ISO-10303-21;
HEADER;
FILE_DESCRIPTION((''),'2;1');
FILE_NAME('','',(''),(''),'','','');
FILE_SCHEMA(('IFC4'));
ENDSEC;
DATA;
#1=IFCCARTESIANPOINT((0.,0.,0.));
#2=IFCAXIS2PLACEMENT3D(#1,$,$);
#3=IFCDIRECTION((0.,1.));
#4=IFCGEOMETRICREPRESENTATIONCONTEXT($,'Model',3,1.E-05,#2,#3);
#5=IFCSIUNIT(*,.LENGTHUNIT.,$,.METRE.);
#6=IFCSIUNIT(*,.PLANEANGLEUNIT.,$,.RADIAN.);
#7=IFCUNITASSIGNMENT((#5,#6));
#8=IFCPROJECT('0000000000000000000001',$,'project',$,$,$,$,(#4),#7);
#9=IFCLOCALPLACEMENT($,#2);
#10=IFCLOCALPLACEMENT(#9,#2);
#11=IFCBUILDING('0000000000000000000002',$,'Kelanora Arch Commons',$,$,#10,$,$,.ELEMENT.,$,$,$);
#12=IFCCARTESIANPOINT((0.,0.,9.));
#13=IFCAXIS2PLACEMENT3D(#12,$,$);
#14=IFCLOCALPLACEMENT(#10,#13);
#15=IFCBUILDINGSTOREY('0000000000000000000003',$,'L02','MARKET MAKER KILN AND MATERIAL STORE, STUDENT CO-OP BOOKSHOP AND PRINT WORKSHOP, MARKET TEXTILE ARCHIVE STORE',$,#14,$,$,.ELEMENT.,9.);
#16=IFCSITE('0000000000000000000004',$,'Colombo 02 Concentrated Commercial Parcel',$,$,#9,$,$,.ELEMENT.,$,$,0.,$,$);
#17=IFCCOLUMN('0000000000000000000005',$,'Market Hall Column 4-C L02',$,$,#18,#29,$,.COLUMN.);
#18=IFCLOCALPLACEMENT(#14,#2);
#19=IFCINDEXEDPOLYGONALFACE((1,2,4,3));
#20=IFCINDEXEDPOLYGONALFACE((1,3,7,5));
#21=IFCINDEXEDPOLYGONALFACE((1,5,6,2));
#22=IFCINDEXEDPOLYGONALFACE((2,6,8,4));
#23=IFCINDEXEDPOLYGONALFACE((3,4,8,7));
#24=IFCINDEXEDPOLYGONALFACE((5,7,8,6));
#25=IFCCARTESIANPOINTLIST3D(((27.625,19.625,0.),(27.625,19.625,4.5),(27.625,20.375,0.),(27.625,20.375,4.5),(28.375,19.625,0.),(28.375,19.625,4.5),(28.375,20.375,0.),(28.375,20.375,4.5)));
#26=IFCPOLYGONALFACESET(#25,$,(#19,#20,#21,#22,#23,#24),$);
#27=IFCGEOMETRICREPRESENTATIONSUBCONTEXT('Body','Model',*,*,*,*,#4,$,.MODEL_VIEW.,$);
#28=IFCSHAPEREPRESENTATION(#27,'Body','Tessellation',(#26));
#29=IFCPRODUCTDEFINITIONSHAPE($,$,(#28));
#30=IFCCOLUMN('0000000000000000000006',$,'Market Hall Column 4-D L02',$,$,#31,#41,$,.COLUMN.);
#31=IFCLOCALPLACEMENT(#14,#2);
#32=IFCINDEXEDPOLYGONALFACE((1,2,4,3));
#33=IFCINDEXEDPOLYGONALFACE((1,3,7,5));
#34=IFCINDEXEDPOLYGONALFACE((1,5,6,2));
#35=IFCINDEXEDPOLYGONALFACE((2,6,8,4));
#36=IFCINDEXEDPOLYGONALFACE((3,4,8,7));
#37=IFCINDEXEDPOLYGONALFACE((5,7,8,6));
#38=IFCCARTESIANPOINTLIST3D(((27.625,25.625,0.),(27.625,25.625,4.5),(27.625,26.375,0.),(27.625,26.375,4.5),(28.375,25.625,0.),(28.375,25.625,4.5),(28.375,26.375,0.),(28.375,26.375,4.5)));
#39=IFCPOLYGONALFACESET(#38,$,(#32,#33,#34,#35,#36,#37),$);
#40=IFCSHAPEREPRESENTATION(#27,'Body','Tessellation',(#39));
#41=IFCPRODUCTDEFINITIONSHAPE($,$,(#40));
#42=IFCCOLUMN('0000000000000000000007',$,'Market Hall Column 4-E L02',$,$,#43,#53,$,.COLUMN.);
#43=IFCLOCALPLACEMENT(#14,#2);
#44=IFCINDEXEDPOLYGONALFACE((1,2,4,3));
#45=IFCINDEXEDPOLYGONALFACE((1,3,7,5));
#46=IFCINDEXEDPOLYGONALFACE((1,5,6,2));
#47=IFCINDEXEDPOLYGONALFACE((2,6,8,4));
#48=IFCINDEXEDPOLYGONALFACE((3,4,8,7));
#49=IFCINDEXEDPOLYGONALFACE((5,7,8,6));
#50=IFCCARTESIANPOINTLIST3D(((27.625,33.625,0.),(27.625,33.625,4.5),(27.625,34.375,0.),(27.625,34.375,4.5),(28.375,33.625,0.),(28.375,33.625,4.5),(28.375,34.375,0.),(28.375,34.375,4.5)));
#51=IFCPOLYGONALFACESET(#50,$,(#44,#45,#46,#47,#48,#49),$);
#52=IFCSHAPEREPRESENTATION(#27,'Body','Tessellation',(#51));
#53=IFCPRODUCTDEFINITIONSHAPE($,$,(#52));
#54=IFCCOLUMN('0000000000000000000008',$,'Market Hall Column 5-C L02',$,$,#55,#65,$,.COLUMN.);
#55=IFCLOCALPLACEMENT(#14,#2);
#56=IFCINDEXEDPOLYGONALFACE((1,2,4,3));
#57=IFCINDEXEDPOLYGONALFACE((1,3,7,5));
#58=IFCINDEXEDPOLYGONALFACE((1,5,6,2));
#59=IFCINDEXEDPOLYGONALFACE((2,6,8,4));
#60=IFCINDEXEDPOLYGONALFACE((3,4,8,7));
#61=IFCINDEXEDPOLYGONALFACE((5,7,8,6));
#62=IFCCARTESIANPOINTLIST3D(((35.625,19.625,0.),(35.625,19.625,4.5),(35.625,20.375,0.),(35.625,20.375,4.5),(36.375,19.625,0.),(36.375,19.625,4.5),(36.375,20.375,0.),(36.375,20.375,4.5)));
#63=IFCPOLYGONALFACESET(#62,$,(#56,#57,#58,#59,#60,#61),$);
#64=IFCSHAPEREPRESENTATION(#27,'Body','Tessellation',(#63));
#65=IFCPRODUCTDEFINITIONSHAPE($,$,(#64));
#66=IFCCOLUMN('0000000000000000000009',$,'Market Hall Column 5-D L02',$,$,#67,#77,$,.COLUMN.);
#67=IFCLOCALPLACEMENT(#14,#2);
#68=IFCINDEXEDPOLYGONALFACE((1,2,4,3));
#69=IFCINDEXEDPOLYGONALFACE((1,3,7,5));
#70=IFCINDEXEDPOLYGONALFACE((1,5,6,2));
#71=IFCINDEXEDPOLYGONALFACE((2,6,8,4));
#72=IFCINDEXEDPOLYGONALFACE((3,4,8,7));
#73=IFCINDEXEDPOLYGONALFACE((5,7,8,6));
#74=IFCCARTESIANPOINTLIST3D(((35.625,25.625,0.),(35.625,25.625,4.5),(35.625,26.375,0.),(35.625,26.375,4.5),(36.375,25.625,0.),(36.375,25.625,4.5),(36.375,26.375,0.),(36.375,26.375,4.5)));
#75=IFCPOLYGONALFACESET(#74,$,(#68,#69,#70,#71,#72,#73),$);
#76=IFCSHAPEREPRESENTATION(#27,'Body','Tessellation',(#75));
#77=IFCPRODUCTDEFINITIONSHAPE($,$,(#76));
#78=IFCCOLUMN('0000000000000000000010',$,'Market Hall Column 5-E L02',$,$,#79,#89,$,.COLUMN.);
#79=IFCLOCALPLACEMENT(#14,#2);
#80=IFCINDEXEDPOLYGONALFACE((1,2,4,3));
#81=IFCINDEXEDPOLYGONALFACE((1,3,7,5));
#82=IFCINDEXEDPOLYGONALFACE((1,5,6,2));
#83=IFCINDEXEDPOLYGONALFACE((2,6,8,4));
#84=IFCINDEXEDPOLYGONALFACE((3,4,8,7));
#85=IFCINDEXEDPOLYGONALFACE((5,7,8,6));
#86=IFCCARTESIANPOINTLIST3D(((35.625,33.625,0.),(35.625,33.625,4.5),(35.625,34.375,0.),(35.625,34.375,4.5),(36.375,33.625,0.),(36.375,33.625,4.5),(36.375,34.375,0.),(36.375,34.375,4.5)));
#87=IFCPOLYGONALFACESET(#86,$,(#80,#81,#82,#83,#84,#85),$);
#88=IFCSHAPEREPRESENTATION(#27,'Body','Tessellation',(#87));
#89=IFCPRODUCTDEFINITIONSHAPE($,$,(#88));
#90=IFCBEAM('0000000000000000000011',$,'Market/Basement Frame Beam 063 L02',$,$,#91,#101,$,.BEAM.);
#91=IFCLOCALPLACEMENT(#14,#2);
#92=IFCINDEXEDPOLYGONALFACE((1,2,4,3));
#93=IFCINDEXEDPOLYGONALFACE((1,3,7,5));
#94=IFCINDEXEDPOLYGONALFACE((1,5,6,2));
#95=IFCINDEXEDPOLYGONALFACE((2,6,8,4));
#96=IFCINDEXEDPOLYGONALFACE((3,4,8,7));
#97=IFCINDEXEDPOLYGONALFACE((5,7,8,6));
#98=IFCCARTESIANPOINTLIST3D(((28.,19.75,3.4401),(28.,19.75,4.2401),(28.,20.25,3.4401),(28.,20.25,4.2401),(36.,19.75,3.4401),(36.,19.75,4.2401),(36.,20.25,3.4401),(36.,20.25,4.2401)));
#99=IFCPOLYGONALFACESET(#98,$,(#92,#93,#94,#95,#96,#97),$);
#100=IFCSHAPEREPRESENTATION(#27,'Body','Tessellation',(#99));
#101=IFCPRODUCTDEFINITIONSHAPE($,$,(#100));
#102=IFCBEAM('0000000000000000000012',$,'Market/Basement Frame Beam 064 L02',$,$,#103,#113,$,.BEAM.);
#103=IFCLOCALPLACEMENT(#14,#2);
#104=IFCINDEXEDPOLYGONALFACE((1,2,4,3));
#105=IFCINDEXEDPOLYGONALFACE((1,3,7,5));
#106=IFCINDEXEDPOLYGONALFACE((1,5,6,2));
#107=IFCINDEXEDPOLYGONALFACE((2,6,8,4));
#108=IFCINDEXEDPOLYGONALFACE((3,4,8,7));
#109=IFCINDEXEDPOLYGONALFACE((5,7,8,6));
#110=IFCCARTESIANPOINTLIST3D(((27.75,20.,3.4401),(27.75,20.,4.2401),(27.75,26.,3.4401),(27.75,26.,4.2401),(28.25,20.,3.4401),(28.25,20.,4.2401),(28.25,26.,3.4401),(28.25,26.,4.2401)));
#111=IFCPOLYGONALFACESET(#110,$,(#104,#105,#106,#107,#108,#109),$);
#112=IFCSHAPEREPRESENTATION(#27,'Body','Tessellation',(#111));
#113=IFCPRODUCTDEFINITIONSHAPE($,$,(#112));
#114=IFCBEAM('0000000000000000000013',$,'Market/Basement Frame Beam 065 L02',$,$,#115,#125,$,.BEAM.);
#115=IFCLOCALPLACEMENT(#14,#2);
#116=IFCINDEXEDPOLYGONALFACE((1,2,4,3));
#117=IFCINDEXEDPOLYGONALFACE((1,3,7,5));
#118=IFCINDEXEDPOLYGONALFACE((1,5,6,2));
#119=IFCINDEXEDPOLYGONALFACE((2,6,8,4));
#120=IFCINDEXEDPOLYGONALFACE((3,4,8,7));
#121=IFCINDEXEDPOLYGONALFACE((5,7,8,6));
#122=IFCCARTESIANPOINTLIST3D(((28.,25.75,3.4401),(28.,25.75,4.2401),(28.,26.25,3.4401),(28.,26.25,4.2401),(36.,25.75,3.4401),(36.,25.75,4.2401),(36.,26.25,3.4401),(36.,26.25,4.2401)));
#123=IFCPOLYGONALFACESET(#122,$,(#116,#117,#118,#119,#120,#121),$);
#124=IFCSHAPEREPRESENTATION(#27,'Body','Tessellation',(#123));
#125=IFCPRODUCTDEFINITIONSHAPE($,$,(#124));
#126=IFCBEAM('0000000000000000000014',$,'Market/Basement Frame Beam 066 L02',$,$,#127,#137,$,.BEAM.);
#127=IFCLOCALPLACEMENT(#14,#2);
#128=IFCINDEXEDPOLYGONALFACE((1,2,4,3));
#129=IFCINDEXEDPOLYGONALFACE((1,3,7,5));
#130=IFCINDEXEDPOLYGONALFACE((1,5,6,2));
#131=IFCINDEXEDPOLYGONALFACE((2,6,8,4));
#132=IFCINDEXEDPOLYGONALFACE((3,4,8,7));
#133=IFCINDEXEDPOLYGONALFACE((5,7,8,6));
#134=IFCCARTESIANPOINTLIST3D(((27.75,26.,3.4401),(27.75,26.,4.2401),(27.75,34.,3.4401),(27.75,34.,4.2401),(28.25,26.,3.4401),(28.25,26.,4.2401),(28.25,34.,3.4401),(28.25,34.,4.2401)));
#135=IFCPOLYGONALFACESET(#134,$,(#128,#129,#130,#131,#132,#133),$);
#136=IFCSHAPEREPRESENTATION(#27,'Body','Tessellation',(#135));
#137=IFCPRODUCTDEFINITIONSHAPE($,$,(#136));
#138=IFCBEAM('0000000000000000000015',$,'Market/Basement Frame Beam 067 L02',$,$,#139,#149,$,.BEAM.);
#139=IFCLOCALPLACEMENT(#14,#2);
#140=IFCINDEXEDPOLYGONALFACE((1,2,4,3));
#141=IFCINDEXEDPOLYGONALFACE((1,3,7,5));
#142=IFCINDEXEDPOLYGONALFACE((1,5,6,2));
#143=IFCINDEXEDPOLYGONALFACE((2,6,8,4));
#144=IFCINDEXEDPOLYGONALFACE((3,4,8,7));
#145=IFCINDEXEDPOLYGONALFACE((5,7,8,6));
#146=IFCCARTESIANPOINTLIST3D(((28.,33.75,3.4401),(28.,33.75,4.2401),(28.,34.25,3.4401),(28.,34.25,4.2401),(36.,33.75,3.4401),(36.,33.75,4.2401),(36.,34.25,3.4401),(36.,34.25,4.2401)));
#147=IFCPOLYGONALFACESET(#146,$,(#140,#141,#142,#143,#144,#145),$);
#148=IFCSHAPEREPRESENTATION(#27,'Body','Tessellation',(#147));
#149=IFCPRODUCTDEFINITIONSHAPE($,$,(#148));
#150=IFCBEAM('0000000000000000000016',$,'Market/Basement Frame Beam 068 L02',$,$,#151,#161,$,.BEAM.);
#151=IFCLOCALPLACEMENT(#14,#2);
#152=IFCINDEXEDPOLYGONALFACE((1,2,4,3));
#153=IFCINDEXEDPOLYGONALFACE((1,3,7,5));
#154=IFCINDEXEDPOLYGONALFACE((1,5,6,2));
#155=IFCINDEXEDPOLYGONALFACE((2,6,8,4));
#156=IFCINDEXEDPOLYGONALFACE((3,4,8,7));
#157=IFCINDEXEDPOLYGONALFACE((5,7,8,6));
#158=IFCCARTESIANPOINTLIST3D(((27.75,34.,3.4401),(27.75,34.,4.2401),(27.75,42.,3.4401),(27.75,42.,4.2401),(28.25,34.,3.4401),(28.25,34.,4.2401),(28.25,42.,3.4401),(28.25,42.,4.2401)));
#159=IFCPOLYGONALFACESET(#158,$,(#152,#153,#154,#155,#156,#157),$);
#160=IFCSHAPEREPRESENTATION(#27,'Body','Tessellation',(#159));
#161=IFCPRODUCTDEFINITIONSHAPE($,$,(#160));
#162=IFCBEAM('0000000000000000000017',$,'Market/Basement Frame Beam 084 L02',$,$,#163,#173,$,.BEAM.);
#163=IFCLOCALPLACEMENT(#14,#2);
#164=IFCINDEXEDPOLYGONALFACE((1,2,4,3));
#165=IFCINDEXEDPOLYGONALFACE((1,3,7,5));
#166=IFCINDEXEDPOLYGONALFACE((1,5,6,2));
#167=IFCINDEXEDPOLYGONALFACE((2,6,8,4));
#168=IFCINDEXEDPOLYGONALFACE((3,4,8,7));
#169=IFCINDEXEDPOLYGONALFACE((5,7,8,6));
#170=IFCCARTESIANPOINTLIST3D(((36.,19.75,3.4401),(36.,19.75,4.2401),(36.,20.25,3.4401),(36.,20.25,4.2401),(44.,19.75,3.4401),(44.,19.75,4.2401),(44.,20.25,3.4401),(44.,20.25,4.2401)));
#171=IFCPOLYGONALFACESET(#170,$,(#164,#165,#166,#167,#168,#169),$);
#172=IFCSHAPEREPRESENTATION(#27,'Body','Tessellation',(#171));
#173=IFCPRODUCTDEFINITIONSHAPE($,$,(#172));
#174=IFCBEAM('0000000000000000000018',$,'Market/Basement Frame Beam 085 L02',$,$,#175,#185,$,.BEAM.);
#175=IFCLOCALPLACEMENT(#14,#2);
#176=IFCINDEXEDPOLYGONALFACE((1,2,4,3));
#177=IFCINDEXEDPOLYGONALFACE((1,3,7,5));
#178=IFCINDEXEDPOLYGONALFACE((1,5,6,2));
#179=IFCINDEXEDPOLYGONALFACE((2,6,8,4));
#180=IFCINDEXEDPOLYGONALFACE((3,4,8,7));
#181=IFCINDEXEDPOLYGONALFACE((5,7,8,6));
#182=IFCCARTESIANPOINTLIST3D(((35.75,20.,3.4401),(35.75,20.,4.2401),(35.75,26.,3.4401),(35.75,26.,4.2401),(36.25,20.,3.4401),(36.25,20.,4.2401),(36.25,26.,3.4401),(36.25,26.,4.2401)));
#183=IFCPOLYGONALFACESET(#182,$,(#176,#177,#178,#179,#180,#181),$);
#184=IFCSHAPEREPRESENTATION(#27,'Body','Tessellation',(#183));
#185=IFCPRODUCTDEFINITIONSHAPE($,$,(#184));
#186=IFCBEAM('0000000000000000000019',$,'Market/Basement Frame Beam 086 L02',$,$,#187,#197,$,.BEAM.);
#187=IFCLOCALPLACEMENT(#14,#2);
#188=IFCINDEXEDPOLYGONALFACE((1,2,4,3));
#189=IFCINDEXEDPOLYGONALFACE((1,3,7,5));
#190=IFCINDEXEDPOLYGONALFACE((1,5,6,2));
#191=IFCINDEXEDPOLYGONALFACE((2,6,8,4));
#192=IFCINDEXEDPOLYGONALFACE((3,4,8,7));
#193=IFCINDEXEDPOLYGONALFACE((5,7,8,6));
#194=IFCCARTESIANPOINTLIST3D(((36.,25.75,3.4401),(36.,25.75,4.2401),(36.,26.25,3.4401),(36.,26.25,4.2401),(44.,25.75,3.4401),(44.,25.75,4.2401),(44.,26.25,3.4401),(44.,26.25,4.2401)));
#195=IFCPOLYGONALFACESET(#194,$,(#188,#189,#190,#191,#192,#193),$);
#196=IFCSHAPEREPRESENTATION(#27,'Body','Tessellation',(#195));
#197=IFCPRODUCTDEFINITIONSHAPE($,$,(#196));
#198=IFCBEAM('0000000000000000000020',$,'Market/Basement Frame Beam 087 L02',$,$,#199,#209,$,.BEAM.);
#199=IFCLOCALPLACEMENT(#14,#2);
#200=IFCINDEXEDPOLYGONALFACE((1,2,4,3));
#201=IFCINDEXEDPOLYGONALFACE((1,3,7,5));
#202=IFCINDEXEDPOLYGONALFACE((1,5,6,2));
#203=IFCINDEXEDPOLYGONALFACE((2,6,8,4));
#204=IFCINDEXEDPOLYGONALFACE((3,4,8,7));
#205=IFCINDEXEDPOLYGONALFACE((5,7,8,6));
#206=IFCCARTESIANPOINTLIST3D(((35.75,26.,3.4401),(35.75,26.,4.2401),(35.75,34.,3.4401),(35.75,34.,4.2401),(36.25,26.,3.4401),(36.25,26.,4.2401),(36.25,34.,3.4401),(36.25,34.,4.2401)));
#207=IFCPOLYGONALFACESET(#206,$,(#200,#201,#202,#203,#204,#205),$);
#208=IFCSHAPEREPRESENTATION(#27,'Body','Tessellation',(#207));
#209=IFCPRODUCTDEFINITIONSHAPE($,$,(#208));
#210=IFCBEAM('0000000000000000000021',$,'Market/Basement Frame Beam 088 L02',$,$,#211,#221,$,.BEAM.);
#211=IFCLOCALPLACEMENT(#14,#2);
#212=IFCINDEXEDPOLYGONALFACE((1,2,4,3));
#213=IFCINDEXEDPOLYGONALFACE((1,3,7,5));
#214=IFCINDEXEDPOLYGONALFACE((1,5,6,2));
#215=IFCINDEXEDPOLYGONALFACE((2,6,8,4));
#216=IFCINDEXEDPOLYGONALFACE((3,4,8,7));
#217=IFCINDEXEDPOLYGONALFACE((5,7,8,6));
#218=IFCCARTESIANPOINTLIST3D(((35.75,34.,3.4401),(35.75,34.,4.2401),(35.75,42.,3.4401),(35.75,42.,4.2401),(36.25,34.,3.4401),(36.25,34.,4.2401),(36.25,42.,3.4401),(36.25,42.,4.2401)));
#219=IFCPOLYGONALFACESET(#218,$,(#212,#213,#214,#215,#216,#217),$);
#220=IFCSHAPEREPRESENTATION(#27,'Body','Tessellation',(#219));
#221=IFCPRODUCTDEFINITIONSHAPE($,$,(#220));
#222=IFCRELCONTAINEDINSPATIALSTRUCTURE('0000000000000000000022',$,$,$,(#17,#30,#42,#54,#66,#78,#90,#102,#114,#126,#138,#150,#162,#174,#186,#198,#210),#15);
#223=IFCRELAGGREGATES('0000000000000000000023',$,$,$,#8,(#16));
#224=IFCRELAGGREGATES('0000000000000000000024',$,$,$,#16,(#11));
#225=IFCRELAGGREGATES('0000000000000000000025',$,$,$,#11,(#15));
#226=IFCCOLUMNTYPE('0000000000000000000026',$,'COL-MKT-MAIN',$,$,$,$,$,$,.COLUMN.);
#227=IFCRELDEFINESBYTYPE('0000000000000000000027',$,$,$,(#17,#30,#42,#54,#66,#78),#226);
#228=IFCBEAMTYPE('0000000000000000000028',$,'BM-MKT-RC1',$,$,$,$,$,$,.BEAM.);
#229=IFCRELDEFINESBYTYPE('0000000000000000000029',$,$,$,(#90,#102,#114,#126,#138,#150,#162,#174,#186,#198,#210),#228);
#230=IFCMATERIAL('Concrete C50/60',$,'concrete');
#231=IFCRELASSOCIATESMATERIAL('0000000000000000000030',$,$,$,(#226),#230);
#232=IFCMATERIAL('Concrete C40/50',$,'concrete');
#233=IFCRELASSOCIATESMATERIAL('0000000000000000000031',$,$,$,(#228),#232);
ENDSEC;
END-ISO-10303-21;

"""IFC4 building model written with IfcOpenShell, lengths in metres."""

from ifc_helpers import new_model, si_unit, direction, frame, origin, origin_2d, place, context, subcontext, project, spatial, rectangle, extrude, material, material_profile, profile_set, type_object, element, save


model = new_model("IFC4")

# Units and contexts
model_context = context("Model", 3, precision=1e-05, world=origin(), true_north=direction((0.0, 1.0)))
body_context = subcontext(model_context, "Body", "Model", "MODEL_VIEW")
ifc_project = project(units=[si_unit("LENGTHUNIT", "METRE"), si_unit("PLANEANGLEUNIT", "RADIAN")], contexts=[model_context])

# Site, building, storey
site_placement = place(None, origin())
site = spatial("IfcSite", under=ifc_project, at=site_placement, Name="Colombo 02 Concentrated Commercial Parcel", CompositionType="ELEMENT", RefElevation=0.0)
building_placement = place(site_placement, origin())
building = spatial("IfcBuilding", under=site, at=building_placement, Name="Kelanora Arch Commons", CompositionType="ELEMENT")
storey_placement = place(building_placement, frame((0.0, 0.0, 9.0)))
storey = spatial("IfcBuildingStorey", under=building, at=storey_placement, Name="L02", Description="MARKET MAKER KILN AND MATERIAL STORE, STUDENT CO-OP BOOKSHOP AND PRINT WORKSHOP, MARKET TEXTILE ARCHIVE STORE", CompositionType="ELEMENT", Elevation=9.0)

# Columns
ifc_material_1 = material(Name="Concrete C50/60", Category="concrete")
ifc_material_profile_1 = material_profile(ifc_material_1, rectangle(XDim=0.75, YDim=0.75, at=origin_2d()), Name="RC750x750")
ifc_profile_set_1 = profile_set([ifc_material_profile_1], Name="Concrete C50/60")
column_type = type_object("IfcColumnType", Name="COL-MKT-MAIN", PredefinedType="COLUMN", material=ifc_profile_set_1)
for number, where, z_axis, x_axis, name in (
    (1, (28.0, 20.0, 0.0), (0.0, 0.0, 1.0), (1.0, 0.0, 0.0), "Market Hall Column 4-C L02"),
    (2, (28.0, 26.0, 0.0), (0.0, 0.0, 1.0), (1.0, 0.0, 0.0), "Market Hall Column 4-D L02"),
    (3, (28.0, 34.0, 0.0), (0.0, 0.0, 1.0), (1.0, 0.0, 0.0), "Market Hall Column 4-E L02"),
    (4, (36.0, 20.0, 0.0), (0.0, 0.0, 1.0), (1.0, 0.0, 0.0), "Market Hall Column 5-C L02"),
    (5, (36.0, 26.0, 0.0), (0.0, 0.0, 1.0), (1.0, 0.0, 0.0), "Market Hall Column 5-D L02"),
    (6, (36.0, 34.0, 0.0), (0.0, 0.0, 1.0), (1.0, 0.0, 0.0), "Market Hall Column 5-E L02"),
):
    element("IfcColumn", number, at=place(storey_placement, frame(where, z_axis=z_axis, x_axis=x_axis)), inside=storey, type_object=column_type, Name=name, PredefinedType="COLUMN", context=body_context, shape_type="SweptSolid", body=[
        extrude(rectangle(XDim=0.75, YDim=0.75, at=origin_2d()), origin(), (0.0, 0.0, 1.0), 4.5),
    ])

# Beams
ifc_material_2 = material(Name="Concrete C40/50", Category="concrete")
ifc_material_profile_2 = material_profile(ifc_material_2, rectangle(XDim=0.5, YDim=0.8, at=origin_2d()), Name="RCB500x800")
ifc_profile_set_2 = profile_set([ifc_material_profile_2], Name="Concrete C40/50")
beam_type = type_object("IfcBeamType", Name="BM-MKT-RC1", PredefinedType="BEAM", material=ifc_profile_set_2)
beam_1_placement = place(storey_placement, frame((28.0, 20.0, 3.8401), z_axis=(1.0, 0.0, 0.0), x_axis=(0.0, 1.0, 0.0)))
element("IfcBeam", 7, at=beam_1_placement, inside=storey, type_object=beam_type, Name="Market/Basement Frame Beam 063 L02", PredefinedType="BEAM", context=body_context, shape_type="SweptSolid", body=[
    extrude(rectangle(XDim=0.5, YDim=0.8, at=origin_2d()), origin(), (0.0, 0.0, 1.0), 8.0),
])
beam_2_placement = place(storey_placement, frame((28.0, 20.0, 3.8401), z_axis=(0.0, 1.0, 0.0), x_axis=(-1.0, 0.0, 0.0)))
element("IfcBeam", 8, at=beam_2_placement, inside=storey, type_object=beam_type, Name="Market/Basement Frame Beam 064 L02", PredefinedType="BEAM", context=body_context, shape_type="SweptSolid", body=[
    extrude(rectangle(XDim=0.5, YDim=0.8, at=origin_2d()), origin(), (0.0, 0.0, 1.0), 6.0),
])
for number, where, z_axis, x_axis, name in (
    (9, (28.0, 26.0, 3.8401), (1.0, 0.0, 0.0), (0.0, 1.0, 0.0), "Market/Basement Frame Beam 065 L02"),
    (10, (28.0, 26.0, 3.8401), (0.0, 1.0, 0.0), (-1.0, 0.0, 0.0), "Market/Basement Frame Beam 066 L02"),
    (11, (28.0, 34.0, 3.8401), (1.0, 0.0, 0.0), (0.0, 1.0, 0.0), "Market/Basement Frame Beam 067 L02"),
    (12, (28.0, 34.0, 3.8401), (0.0, 1.0, 0.0), (-1.0, 0.0, 0.0), "Market/Basement Frame Beam 068 L02"),
    (13, (36.0, 20.0, 3.8401), (1.0, 0.0, 0.0), (0.0, 1.0, 0.0), "Market/Basement Frame Beam 084 L02"),
):
    element("IfcBeam", number, at=place(storey_placement, frame(where, z_axis=z_axis, x_axis=x_axis)), inside=storey, type_object=beam_type, Name=name, PredefinedType="BEAM", context=body_context, shape_type="SweptSolid", body=[
        extrude(rectangle(XDim=0.5, YDim=0.8, at=origin_2d()), origin(), (0.0, 0.0, 1.0), 8.0),
    ])
beam_3_placement = place(storey_placement, frame((36.0, 20.0, 3.8401), z_axis=(0.0, 1.0, 0.0), x_axis=(-1.0, 0.0, 0.0)))
element("IfcBeam", 14, at=beam_3_placement, inside=storey, type_object=beam_type, Name="Market/Basement Frame Beam 085 L02", PredefinedType="BEAM", context=body_context, shape_type="SweptSolid", body=[
    extrude(rectangle(XDim=0.5, YDim=0.8, at=origin_2d()), origin(), (0.0, 0.0, 1.0), 6.0),
])
for number, where, z_axis, x_axis, name in (
    (15, (36.0, 26.0, 3.8401), (1.0, 0.0, 0.0), (0.0, 1.0, 0.0), "Market/Basement Frame Beam 086 L02"),
    (16, (36.0, 26.0, 3.8401), (0.0, 1.0, 0.0), (-1.0, 0.0, 0.0), "Market/Basement Frame Beam 087 L02"),
    (17, (36.0, 34.0, 3.8401), (0.0, 1.0, 0.0), (-1.0, 0.0, 0.0), "Market/Basement Frame Beam 088 L02"),
):
    element("IfcBeam", number, at=place(storey_placement, frame(where, z_axis=z_axis, x_axis=x_axis)), inside=storey, type_object=beam_type, Name=name, PredefinedType="BEAM", context=body_context, shape_type="SweptSolid", body=[
        extrude(rectangle(XDim=0.5, YDim=0.8, at=origin_2d()), origin(), (0.0, 0.0, 1.0), 8.0),
    ])

save(model, "model.ifc")
